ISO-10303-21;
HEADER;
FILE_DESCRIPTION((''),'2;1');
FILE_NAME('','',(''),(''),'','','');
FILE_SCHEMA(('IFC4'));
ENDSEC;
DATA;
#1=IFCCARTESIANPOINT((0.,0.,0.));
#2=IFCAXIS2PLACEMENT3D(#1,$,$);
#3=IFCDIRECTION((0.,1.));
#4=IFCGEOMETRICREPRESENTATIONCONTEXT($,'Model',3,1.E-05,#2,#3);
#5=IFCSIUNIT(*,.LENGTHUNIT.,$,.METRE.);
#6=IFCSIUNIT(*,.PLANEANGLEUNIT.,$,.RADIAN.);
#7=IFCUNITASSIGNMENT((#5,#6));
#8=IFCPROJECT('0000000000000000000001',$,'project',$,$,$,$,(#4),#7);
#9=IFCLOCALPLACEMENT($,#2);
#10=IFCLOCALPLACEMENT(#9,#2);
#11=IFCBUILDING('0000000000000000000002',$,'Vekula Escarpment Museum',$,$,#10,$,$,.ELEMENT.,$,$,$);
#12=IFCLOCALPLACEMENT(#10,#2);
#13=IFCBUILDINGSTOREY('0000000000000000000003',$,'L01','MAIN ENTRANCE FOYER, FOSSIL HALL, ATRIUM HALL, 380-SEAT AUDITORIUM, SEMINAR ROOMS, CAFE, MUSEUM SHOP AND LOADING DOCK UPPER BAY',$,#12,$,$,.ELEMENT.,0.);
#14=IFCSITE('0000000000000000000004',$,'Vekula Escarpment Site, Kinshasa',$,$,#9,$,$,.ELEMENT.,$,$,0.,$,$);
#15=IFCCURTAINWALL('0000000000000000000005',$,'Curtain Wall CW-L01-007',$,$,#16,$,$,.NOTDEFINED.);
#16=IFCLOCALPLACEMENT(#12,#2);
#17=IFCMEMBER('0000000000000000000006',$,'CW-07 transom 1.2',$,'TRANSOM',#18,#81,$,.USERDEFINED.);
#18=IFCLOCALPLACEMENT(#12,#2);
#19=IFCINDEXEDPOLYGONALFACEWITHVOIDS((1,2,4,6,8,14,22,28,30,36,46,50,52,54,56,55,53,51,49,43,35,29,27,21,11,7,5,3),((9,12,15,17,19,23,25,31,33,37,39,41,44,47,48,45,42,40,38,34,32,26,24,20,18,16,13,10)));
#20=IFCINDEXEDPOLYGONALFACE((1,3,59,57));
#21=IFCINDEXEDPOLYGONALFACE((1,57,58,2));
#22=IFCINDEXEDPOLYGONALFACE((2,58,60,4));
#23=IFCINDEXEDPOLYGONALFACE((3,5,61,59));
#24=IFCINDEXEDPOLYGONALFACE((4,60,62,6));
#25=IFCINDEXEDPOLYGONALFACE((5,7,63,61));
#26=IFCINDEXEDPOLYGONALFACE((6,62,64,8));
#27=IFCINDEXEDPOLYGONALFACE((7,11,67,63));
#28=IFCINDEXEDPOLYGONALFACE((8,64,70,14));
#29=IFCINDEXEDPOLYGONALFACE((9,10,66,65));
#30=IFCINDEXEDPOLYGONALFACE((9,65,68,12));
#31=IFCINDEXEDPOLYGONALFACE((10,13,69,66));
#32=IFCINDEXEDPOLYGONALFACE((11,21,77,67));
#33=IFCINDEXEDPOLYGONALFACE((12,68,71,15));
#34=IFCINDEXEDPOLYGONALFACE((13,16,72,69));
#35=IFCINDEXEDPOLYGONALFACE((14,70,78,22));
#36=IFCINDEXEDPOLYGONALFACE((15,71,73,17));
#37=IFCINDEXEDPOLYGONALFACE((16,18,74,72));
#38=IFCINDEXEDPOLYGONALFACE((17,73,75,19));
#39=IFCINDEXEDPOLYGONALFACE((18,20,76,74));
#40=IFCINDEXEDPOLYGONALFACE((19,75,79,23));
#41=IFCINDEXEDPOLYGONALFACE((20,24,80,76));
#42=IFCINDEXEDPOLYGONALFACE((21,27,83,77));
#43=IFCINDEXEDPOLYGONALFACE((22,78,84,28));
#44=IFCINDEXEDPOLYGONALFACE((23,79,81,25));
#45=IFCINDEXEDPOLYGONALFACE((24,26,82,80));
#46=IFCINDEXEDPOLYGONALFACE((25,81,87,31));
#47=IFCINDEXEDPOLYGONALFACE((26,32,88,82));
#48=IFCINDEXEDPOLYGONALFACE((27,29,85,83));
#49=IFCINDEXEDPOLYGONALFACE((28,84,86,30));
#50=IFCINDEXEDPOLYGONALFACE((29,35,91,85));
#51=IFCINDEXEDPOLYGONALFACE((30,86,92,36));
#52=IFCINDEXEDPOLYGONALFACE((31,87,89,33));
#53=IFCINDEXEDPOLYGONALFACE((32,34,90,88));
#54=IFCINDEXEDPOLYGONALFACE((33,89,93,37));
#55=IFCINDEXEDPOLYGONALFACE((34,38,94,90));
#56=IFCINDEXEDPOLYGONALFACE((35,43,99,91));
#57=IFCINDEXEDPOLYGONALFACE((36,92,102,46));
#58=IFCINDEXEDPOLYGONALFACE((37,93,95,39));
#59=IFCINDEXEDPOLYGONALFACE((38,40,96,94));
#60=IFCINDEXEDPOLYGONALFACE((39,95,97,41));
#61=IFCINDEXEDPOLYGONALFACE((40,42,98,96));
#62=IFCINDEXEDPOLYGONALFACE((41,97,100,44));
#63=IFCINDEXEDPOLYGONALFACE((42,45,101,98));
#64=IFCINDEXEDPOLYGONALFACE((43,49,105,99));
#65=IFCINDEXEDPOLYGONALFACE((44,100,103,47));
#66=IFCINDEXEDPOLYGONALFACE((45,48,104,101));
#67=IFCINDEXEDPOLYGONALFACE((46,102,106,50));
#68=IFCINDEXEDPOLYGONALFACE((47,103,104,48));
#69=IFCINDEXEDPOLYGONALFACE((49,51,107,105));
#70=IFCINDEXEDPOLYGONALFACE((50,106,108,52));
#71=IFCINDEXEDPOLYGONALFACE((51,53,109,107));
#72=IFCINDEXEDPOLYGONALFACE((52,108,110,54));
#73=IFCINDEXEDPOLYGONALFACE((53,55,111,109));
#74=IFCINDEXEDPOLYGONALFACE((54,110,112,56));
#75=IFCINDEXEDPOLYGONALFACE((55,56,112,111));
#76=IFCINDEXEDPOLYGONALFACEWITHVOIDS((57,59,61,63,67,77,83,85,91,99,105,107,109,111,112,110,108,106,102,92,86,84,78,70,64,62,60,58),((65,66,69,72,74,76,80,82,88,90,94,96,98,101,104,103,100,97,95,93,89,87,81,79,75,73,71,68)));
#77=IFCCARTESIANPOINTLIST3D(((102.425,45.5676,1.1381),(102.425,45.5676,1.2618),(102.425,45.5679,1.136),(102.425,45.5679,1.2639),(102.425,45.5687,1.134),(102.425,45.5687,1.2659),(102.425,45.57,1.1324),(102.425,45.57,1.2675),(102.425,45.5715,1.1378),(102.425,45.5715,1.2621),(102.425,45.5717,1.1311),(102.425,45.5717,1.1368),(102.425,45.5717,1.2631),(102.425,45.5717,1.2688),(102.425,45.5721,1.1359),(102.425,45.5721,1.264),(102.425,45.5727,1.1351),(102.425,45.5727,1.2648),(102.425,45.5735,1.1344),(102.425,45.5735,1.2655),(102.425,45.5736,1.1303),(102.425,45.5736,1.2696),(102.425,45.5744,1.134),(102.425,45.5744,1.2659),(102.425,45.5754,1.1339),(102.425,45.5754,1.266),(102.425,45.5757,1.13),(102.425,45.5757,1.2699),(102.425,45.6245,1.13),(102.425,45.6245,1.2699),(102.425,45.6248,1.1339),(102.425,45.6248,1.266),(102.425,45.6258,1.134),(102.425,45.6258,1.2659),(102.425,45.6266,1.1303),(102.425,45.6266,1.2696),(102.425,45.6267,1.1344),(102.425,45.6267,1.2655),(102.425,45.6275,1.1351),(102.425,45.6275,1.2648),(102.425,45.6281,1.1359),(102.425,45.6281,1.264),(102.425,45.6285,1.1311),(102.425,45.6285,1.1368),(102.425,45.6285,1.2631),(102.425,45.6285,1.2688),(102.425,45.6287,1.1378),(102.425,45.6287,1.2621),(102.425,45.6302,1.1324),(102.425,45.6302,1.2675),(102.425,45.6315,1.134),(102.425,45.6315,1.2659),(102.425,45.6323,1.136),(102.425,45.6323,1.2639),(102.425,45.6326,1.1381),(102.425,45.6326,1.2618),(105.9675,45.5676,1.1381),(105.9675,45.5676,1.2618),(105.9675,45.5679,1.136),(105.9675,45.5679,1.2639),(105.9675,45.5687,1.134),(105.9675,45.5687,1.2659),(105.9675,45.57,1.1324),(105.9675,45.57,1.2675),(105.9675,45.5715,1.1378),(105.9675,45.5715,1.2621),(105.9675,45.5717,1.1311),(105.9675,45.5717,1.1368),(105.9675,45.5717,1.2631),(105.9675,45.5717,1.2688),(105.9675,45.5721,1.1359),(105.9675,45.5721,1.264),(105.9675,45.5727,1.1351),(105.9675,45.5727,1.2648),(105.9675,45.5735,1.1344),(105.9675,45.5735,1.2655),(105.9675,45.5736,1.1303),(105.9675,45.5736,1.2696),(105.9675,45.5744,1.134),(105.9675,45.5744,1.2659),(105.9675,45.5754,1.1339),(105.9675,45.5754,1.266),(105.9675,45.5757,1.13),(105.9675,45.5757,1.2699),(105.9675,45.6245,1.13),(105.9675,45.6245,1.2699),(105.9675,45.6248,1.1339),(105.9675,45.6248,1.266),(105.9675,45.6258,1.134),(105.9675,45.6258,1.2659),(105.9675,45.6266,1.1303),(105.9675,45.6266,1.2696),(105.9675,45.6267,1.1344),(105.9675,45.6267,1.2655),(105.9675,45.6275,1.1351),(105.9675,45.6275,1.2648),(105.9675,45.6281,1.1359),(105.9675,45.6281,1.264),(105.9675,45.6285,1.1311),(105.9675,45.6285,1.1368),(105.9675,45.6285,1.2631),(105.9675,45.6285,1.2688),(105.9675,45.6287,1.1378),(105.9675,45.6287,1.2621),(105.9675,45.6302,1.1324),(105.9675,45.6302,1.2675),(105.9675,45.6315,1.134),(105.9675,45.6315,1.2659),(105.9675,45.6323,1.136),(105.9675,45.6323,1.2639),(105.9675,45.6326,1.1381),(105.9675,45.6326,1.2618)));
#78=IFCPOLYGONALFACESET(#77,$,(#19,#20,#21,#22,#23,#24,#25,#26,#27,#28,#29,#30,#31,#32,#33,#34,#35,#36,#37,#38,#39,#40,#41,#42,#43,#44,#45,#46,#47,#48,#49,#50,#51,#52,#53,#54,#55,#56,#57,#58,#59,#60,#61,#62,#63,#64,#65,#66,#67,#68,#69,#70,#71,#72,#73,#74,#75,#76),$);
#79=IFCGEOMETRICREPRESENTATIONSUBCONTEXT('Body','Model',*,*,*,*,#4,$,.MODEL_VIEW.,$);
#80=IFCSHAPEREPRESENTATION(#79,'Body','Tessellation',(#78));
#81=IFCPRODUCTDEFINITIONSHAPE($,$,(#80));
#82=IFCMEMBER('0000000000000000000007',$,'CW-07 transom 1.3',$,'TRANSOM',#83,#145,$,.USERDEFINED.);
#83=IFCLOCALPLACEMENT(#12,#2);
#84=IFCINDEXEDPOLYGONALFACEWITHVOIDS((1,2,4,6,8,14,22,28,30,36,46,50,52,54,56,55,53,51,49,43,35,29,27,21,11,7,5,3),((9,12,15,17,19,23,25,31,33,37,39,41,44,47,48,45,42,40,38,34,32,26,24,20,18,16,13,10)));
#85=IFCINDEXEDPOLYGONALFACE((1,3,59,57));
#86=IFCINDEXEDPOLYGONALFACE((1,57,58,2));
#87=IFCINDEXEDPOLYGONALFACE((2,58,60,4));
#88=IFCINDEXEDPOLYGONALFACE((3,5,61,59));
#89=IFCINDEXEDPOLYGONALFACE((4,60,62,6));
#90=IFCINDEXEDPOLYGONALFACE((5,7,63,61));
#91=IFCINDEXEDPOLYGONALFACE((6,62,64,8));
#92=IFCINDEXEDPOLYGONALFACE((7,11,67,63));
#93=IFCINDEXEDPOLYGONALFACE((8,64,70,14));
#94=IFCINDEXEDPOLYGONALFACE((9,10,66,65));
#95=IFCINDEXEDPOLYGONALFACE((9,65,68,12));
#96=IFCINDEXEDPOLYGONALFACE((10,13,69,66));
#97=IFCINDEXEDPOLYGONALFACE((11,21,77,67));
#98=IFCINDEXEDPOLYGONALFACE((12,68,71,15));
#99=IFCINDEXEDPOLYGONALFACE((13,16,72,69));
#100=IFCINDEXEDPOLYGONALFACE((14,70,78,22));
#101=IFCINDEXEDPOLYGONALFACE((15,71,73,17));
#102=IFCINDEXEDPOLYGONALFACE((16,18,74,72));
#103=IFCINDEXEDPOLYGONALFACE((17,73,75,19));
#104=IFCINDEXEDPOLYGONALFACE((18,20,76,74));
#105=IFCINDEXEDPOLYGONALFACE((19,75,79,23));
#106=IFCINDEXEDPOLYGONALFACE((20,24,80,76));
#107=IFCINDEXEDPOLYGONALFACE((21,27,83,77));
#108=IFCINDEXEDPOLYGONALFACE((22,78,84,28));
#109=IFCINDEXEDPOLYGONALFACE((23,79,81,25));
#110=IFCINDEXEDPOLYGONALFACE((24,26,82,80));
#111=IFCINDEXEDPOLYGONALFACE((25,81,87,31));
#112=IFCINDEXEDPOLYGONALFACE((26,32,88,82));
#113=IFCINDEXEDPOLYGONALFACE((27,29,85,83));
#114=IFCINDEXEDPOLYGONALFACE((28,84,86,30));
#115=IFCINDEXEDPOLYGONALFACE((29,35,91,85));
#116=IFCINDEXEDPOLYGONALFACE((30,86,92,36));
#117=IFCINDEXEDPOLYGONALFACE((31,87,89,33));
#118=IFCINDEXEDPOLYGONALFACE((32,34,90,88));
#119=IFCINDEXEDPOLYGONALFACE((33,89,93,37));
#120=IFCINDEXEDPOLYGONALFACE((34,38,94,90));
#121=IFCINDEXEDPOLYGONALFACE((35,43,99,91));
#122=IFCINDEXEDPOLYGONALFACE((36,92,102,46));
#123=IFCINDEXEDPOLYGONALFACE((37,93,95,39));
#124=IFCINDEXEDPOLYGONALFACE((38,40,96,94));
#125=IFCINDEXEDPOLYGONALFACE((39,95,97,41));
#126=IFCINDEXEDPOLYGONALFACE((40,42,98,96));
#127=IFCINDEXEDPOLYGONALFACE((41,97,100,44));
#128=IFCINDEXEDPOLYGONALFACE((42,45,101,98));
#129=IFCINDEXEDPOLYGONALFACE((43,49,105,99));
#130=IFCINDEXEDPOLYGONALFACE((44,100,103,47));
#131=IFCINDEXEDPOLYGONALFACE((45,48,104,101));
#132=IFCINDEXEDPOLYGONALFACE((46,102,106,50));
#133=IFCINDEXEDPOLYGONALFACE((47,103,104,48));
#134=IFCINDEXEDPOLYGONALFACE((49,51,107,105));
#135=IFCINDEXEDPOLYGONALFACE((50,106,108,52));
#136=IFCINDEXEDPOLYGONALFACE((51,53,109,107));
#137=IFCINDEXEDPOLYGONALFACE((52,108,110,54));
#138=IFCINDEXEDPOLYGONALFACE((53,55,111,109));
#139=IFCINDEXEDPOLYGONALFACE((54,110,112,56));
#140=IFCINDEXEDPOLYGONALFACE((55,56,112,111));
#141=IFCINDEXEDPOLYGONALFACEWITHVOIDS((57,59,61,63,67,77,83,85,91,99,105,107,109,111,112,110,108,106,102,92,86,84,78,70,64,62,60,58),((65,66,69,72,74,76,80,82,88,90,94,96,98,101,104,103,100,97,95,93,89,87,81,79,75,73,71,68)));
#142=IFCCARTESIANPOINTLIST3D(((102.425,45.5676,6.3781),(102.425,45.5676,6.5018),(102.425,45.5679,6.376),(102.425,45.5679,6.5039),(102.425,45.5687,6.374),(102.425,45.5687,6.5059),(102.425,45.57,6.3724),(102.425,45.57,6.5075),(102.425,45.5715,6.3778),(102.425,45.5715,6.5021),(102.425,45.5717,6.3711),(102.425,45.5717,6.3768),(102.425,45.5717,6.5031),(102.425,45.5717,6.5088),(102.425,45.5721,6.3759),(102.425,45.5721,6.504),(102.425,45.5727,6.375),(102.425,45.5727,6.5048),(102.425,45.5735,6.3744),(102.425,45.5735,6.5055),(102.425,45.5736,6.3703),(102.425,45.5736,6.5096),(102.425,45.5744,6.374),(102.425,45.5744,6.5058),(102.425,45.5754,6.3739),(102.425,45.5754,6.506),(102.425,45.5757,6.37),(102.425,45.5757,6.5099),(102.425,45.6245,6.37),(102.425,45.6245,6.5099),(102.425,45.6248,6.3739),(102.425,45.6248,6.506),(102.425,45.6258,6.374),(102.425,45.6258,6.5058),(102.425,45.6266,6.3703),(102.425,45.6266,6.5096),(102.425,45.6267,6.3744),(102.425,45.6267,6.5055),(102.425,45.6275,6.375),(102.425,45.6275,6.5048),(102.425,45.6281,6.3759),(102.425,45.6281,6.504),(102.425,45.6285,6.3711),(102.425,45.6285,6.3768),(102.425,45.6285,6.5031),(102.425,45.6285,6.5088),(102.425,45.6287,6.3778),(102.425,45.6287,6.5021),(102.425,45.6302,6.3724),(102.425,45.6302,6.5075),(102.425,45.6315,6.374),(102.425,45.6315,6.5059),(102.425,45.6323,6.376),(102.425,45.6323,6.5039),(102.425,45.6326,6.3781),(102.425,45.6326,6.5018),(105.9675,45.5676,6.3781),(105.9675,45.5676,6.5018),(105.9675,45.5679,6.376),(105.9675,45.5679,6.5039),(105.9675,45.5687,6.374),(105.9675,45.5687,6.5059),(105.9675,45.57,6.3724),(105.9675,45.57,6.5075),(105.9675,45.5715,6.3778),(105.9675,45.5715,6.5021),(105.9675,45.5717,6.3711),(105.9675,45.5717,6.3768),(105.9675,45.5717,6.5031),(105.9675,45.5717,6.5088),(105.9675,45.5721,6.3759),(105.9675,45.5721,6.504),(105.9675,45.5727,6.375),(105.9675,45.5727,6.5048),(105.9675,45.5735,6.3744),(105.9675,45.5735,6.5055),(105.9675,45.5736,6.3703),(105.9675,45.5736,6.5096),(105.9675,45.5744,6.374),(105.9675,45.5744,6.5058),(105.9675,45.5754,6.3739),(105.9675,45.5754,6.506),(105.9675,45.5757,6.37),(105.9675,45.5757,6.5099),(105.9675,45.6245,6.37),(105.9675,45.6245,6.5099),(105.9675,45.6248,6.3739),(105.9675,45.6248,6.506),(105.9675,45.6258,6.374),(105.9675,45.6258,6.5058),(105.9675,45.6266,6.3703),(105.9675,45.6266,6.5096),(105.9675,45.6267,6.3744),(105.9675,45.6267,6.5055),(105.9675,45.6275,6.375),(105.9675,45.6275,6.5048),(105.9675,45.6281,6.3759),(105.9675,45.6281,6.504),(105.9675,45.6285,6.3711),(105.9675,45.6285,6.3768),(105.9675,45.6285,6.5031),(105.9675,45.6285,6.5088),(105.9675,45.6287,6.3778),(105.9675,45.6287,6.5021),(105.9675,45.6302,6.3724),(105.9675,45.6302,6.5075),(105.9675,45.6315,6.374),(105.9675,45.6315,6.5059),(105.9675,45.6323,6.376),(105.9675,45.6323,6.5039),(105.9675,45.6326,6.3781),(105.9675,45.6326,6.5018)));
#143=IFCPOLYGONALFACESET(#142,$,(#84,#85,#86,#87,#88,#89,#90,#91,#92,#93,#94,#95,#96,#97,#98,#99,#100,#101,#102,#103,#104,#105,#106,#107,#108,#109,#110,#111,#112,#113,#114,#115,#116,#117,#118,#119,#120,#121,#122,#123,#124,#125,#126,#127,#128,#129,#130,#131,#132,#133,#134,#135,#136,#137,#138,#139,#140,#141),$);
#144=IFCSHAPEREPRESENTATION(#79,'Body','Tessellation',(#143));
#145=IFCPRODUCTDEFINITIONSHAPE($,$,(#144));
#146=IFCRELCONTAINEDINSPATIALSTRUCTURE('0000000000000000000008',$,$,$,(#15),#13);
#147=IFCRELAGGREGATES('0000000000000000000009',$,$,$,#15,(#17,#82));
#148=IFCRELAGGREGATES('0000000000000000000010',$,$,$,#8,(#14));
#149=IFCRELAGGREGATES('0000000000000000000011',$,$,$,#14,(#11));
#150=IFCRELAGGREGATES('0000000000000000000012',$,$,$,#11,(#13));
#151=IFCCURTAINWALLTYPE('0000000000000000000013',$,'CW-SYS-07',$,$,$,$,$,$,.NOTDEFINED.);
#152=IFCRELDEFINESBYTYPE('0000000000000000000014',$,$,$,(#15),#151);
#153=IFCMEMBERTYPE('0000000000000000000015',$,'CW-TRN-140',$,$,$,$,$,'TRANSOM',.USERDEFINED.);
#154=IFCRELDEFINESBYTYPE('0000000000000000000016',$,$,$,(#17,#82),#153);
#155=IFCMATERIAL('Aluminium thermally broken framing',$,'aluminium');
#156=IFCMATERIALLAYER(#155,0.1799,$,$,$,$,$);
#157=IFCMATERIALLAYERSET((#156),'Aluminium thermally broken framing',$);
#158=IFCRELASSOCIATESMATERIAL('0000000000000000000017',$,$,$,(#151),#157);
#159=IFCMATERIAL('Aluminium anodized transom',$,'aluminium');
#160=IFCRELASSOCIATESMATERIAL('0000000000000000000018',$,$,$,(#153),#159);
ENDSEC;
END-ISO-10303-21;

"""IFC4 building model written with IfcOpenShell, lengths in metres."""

from ifc_helpers import new_model, si_unit, direction, frame, origin, origin_2d, place, context, subcontext, project, spatial, hollow_rectangle, extrude, material, layer, layer_set, material_profile, profile_set, type_object, element, aggregate, save


model = new_model("IFC4")

# Units and contexts
model_context = context("Model", 3, precision=1e-05, world=origin(), true_north=direction((0.0, 1.0)))
body_context = subcontext(model_context, "Body", "Model", "MODEL_VIEW")
ifc_project = project(units=[si_unit("LENGTHUNIT", "METRE"), si_unit("PLANEANGLEUNIT", "RADIAN")], contexts=[model_context])

# Site, building, storey
site_placement = place(None, origin())
site = spatial("IfcSite", under=ifc_project, at=site_placement, Name="Vekula Escarpment Site, Kinshasa", CompositionType="ELEMENT", RefElevation=0.0)
building_placement = place(site_placement, origin())
building = spatial("IfcBuilding", under=site, at=building_placement, Name="Vekula Escarpment Museum", CompositionType="ELEMENT")
storey_placement = place(building_placement, origin())
storey = spatial("IfcBuildingStorey", under=building, at=storey_placement, Name="L01", Description="MAIN ENTRANCE FOYER, FOSSIL HALL, ATRIUM HALL, 380-SEAT AUDITORIUM, SEMINAR ROOMS, CAFE, MUSEUM SHOP AND LOADING DOCK UPPER BAY", CompositionType="ELEMENT", Elevation=0.0)

# Curtain wall, members
ifc_material_1 = material(Name="Aluminium thermally broken framing", Category="aluminium")
ifc_layer_1 = layer(ifc_material_1, 0.1799)
ifc_layer_set_1 = layer_set([ifc_layer_1], Name="Aluminium thermally broken framing")
curtain_wall_type = type_object("IfcCurtainWallType", Name="CW-SYS-07", PredefinedType="NOTDEFINED", material=ifc_layer_set_1)
curtain_wall_placement = place(storey_placement, origin())
curtain_wall = element("IfcCurtainWall", 1, at=curtain_wall_placement, inside=storey, type_object=curtain_wall_type, Name="Curtain Wall CW-L01-007", PredefinedType="NOTDEFINED")
ifc_material_2 = material(Name="Aluminium anodized transom", Category="aluminium")
ifc_material_profile_1 = material_profile(ifc_material_2, hollow_rectangle(XDim=0.0649, YDim=0.1399, WallThickness=0.0039, InnerFilletRadius=0.0039, OuterFilletRadius=0.0081, at=origin_2d()), Name="ALU 140x65x4")
ifc_profile_set_1 = profile_set([ifc_material_profile_1], Name="Aluminium anodized transom")
member_type_1 = type_object("IfcMemberType", Name="CW-TRN-140", ElementType="TRANSOM", PredefinedType="USERDEFINED", material=ifc_profile_set_1)
member_1_placement = place(storey_placement, frame((102.425, 45.6001, 1.2), z_axis=(1.0, 0.0, 0.0), x_axis=(0.0, 1.0, 0.0)))
member_1 = element("IfcMember", 2, at=member_1_placement, type_object=member_type_1, Name="CW-07 transom 1.2", ObjectType="TRANSOM", PredefinedType="USERDEFINED", context=body_context, shape_type="SweptSolid", body=[
    extrude(hollow_rectangle(XDim=0.0649, YDim=0.1399, WallThickness=0.0039, InnerFilletRadius=0.0039, OuterFilletRadius=0.0081, at=origin_2d()), origin(), (0.0, 0.0, 1.0), 3.5425),
])
member_2_placement = place(storey_placement, frame((102.425, 45.6001, 6.4399), z_axis=(1.0, 0.0, 0.0), x_axis=(0.0, 1.0, 0.0)))
member_2 = element("IfcMember", 3, at=member_2_placement, type_object=member_type_1, Name="CW-07 transom 1.3", ObjectType="TRANSOM", PredefinedType="USERDEFINED", context=body_context, shape_type="SweptSolid", body=[
    extrude(hollow_rectangle(XDim=0.0649, YDim=0.1399, WallThickness=0.0039, InnerFilletRadius=0.0039, OuterFilletRadius=0.0081, at=origin_2d()), origin(), (0.0, 0.0, 1.0), 3.5425),
])

aggregate(curtain_wall, [member_1, member_2])

save(model, "model.ifc")
